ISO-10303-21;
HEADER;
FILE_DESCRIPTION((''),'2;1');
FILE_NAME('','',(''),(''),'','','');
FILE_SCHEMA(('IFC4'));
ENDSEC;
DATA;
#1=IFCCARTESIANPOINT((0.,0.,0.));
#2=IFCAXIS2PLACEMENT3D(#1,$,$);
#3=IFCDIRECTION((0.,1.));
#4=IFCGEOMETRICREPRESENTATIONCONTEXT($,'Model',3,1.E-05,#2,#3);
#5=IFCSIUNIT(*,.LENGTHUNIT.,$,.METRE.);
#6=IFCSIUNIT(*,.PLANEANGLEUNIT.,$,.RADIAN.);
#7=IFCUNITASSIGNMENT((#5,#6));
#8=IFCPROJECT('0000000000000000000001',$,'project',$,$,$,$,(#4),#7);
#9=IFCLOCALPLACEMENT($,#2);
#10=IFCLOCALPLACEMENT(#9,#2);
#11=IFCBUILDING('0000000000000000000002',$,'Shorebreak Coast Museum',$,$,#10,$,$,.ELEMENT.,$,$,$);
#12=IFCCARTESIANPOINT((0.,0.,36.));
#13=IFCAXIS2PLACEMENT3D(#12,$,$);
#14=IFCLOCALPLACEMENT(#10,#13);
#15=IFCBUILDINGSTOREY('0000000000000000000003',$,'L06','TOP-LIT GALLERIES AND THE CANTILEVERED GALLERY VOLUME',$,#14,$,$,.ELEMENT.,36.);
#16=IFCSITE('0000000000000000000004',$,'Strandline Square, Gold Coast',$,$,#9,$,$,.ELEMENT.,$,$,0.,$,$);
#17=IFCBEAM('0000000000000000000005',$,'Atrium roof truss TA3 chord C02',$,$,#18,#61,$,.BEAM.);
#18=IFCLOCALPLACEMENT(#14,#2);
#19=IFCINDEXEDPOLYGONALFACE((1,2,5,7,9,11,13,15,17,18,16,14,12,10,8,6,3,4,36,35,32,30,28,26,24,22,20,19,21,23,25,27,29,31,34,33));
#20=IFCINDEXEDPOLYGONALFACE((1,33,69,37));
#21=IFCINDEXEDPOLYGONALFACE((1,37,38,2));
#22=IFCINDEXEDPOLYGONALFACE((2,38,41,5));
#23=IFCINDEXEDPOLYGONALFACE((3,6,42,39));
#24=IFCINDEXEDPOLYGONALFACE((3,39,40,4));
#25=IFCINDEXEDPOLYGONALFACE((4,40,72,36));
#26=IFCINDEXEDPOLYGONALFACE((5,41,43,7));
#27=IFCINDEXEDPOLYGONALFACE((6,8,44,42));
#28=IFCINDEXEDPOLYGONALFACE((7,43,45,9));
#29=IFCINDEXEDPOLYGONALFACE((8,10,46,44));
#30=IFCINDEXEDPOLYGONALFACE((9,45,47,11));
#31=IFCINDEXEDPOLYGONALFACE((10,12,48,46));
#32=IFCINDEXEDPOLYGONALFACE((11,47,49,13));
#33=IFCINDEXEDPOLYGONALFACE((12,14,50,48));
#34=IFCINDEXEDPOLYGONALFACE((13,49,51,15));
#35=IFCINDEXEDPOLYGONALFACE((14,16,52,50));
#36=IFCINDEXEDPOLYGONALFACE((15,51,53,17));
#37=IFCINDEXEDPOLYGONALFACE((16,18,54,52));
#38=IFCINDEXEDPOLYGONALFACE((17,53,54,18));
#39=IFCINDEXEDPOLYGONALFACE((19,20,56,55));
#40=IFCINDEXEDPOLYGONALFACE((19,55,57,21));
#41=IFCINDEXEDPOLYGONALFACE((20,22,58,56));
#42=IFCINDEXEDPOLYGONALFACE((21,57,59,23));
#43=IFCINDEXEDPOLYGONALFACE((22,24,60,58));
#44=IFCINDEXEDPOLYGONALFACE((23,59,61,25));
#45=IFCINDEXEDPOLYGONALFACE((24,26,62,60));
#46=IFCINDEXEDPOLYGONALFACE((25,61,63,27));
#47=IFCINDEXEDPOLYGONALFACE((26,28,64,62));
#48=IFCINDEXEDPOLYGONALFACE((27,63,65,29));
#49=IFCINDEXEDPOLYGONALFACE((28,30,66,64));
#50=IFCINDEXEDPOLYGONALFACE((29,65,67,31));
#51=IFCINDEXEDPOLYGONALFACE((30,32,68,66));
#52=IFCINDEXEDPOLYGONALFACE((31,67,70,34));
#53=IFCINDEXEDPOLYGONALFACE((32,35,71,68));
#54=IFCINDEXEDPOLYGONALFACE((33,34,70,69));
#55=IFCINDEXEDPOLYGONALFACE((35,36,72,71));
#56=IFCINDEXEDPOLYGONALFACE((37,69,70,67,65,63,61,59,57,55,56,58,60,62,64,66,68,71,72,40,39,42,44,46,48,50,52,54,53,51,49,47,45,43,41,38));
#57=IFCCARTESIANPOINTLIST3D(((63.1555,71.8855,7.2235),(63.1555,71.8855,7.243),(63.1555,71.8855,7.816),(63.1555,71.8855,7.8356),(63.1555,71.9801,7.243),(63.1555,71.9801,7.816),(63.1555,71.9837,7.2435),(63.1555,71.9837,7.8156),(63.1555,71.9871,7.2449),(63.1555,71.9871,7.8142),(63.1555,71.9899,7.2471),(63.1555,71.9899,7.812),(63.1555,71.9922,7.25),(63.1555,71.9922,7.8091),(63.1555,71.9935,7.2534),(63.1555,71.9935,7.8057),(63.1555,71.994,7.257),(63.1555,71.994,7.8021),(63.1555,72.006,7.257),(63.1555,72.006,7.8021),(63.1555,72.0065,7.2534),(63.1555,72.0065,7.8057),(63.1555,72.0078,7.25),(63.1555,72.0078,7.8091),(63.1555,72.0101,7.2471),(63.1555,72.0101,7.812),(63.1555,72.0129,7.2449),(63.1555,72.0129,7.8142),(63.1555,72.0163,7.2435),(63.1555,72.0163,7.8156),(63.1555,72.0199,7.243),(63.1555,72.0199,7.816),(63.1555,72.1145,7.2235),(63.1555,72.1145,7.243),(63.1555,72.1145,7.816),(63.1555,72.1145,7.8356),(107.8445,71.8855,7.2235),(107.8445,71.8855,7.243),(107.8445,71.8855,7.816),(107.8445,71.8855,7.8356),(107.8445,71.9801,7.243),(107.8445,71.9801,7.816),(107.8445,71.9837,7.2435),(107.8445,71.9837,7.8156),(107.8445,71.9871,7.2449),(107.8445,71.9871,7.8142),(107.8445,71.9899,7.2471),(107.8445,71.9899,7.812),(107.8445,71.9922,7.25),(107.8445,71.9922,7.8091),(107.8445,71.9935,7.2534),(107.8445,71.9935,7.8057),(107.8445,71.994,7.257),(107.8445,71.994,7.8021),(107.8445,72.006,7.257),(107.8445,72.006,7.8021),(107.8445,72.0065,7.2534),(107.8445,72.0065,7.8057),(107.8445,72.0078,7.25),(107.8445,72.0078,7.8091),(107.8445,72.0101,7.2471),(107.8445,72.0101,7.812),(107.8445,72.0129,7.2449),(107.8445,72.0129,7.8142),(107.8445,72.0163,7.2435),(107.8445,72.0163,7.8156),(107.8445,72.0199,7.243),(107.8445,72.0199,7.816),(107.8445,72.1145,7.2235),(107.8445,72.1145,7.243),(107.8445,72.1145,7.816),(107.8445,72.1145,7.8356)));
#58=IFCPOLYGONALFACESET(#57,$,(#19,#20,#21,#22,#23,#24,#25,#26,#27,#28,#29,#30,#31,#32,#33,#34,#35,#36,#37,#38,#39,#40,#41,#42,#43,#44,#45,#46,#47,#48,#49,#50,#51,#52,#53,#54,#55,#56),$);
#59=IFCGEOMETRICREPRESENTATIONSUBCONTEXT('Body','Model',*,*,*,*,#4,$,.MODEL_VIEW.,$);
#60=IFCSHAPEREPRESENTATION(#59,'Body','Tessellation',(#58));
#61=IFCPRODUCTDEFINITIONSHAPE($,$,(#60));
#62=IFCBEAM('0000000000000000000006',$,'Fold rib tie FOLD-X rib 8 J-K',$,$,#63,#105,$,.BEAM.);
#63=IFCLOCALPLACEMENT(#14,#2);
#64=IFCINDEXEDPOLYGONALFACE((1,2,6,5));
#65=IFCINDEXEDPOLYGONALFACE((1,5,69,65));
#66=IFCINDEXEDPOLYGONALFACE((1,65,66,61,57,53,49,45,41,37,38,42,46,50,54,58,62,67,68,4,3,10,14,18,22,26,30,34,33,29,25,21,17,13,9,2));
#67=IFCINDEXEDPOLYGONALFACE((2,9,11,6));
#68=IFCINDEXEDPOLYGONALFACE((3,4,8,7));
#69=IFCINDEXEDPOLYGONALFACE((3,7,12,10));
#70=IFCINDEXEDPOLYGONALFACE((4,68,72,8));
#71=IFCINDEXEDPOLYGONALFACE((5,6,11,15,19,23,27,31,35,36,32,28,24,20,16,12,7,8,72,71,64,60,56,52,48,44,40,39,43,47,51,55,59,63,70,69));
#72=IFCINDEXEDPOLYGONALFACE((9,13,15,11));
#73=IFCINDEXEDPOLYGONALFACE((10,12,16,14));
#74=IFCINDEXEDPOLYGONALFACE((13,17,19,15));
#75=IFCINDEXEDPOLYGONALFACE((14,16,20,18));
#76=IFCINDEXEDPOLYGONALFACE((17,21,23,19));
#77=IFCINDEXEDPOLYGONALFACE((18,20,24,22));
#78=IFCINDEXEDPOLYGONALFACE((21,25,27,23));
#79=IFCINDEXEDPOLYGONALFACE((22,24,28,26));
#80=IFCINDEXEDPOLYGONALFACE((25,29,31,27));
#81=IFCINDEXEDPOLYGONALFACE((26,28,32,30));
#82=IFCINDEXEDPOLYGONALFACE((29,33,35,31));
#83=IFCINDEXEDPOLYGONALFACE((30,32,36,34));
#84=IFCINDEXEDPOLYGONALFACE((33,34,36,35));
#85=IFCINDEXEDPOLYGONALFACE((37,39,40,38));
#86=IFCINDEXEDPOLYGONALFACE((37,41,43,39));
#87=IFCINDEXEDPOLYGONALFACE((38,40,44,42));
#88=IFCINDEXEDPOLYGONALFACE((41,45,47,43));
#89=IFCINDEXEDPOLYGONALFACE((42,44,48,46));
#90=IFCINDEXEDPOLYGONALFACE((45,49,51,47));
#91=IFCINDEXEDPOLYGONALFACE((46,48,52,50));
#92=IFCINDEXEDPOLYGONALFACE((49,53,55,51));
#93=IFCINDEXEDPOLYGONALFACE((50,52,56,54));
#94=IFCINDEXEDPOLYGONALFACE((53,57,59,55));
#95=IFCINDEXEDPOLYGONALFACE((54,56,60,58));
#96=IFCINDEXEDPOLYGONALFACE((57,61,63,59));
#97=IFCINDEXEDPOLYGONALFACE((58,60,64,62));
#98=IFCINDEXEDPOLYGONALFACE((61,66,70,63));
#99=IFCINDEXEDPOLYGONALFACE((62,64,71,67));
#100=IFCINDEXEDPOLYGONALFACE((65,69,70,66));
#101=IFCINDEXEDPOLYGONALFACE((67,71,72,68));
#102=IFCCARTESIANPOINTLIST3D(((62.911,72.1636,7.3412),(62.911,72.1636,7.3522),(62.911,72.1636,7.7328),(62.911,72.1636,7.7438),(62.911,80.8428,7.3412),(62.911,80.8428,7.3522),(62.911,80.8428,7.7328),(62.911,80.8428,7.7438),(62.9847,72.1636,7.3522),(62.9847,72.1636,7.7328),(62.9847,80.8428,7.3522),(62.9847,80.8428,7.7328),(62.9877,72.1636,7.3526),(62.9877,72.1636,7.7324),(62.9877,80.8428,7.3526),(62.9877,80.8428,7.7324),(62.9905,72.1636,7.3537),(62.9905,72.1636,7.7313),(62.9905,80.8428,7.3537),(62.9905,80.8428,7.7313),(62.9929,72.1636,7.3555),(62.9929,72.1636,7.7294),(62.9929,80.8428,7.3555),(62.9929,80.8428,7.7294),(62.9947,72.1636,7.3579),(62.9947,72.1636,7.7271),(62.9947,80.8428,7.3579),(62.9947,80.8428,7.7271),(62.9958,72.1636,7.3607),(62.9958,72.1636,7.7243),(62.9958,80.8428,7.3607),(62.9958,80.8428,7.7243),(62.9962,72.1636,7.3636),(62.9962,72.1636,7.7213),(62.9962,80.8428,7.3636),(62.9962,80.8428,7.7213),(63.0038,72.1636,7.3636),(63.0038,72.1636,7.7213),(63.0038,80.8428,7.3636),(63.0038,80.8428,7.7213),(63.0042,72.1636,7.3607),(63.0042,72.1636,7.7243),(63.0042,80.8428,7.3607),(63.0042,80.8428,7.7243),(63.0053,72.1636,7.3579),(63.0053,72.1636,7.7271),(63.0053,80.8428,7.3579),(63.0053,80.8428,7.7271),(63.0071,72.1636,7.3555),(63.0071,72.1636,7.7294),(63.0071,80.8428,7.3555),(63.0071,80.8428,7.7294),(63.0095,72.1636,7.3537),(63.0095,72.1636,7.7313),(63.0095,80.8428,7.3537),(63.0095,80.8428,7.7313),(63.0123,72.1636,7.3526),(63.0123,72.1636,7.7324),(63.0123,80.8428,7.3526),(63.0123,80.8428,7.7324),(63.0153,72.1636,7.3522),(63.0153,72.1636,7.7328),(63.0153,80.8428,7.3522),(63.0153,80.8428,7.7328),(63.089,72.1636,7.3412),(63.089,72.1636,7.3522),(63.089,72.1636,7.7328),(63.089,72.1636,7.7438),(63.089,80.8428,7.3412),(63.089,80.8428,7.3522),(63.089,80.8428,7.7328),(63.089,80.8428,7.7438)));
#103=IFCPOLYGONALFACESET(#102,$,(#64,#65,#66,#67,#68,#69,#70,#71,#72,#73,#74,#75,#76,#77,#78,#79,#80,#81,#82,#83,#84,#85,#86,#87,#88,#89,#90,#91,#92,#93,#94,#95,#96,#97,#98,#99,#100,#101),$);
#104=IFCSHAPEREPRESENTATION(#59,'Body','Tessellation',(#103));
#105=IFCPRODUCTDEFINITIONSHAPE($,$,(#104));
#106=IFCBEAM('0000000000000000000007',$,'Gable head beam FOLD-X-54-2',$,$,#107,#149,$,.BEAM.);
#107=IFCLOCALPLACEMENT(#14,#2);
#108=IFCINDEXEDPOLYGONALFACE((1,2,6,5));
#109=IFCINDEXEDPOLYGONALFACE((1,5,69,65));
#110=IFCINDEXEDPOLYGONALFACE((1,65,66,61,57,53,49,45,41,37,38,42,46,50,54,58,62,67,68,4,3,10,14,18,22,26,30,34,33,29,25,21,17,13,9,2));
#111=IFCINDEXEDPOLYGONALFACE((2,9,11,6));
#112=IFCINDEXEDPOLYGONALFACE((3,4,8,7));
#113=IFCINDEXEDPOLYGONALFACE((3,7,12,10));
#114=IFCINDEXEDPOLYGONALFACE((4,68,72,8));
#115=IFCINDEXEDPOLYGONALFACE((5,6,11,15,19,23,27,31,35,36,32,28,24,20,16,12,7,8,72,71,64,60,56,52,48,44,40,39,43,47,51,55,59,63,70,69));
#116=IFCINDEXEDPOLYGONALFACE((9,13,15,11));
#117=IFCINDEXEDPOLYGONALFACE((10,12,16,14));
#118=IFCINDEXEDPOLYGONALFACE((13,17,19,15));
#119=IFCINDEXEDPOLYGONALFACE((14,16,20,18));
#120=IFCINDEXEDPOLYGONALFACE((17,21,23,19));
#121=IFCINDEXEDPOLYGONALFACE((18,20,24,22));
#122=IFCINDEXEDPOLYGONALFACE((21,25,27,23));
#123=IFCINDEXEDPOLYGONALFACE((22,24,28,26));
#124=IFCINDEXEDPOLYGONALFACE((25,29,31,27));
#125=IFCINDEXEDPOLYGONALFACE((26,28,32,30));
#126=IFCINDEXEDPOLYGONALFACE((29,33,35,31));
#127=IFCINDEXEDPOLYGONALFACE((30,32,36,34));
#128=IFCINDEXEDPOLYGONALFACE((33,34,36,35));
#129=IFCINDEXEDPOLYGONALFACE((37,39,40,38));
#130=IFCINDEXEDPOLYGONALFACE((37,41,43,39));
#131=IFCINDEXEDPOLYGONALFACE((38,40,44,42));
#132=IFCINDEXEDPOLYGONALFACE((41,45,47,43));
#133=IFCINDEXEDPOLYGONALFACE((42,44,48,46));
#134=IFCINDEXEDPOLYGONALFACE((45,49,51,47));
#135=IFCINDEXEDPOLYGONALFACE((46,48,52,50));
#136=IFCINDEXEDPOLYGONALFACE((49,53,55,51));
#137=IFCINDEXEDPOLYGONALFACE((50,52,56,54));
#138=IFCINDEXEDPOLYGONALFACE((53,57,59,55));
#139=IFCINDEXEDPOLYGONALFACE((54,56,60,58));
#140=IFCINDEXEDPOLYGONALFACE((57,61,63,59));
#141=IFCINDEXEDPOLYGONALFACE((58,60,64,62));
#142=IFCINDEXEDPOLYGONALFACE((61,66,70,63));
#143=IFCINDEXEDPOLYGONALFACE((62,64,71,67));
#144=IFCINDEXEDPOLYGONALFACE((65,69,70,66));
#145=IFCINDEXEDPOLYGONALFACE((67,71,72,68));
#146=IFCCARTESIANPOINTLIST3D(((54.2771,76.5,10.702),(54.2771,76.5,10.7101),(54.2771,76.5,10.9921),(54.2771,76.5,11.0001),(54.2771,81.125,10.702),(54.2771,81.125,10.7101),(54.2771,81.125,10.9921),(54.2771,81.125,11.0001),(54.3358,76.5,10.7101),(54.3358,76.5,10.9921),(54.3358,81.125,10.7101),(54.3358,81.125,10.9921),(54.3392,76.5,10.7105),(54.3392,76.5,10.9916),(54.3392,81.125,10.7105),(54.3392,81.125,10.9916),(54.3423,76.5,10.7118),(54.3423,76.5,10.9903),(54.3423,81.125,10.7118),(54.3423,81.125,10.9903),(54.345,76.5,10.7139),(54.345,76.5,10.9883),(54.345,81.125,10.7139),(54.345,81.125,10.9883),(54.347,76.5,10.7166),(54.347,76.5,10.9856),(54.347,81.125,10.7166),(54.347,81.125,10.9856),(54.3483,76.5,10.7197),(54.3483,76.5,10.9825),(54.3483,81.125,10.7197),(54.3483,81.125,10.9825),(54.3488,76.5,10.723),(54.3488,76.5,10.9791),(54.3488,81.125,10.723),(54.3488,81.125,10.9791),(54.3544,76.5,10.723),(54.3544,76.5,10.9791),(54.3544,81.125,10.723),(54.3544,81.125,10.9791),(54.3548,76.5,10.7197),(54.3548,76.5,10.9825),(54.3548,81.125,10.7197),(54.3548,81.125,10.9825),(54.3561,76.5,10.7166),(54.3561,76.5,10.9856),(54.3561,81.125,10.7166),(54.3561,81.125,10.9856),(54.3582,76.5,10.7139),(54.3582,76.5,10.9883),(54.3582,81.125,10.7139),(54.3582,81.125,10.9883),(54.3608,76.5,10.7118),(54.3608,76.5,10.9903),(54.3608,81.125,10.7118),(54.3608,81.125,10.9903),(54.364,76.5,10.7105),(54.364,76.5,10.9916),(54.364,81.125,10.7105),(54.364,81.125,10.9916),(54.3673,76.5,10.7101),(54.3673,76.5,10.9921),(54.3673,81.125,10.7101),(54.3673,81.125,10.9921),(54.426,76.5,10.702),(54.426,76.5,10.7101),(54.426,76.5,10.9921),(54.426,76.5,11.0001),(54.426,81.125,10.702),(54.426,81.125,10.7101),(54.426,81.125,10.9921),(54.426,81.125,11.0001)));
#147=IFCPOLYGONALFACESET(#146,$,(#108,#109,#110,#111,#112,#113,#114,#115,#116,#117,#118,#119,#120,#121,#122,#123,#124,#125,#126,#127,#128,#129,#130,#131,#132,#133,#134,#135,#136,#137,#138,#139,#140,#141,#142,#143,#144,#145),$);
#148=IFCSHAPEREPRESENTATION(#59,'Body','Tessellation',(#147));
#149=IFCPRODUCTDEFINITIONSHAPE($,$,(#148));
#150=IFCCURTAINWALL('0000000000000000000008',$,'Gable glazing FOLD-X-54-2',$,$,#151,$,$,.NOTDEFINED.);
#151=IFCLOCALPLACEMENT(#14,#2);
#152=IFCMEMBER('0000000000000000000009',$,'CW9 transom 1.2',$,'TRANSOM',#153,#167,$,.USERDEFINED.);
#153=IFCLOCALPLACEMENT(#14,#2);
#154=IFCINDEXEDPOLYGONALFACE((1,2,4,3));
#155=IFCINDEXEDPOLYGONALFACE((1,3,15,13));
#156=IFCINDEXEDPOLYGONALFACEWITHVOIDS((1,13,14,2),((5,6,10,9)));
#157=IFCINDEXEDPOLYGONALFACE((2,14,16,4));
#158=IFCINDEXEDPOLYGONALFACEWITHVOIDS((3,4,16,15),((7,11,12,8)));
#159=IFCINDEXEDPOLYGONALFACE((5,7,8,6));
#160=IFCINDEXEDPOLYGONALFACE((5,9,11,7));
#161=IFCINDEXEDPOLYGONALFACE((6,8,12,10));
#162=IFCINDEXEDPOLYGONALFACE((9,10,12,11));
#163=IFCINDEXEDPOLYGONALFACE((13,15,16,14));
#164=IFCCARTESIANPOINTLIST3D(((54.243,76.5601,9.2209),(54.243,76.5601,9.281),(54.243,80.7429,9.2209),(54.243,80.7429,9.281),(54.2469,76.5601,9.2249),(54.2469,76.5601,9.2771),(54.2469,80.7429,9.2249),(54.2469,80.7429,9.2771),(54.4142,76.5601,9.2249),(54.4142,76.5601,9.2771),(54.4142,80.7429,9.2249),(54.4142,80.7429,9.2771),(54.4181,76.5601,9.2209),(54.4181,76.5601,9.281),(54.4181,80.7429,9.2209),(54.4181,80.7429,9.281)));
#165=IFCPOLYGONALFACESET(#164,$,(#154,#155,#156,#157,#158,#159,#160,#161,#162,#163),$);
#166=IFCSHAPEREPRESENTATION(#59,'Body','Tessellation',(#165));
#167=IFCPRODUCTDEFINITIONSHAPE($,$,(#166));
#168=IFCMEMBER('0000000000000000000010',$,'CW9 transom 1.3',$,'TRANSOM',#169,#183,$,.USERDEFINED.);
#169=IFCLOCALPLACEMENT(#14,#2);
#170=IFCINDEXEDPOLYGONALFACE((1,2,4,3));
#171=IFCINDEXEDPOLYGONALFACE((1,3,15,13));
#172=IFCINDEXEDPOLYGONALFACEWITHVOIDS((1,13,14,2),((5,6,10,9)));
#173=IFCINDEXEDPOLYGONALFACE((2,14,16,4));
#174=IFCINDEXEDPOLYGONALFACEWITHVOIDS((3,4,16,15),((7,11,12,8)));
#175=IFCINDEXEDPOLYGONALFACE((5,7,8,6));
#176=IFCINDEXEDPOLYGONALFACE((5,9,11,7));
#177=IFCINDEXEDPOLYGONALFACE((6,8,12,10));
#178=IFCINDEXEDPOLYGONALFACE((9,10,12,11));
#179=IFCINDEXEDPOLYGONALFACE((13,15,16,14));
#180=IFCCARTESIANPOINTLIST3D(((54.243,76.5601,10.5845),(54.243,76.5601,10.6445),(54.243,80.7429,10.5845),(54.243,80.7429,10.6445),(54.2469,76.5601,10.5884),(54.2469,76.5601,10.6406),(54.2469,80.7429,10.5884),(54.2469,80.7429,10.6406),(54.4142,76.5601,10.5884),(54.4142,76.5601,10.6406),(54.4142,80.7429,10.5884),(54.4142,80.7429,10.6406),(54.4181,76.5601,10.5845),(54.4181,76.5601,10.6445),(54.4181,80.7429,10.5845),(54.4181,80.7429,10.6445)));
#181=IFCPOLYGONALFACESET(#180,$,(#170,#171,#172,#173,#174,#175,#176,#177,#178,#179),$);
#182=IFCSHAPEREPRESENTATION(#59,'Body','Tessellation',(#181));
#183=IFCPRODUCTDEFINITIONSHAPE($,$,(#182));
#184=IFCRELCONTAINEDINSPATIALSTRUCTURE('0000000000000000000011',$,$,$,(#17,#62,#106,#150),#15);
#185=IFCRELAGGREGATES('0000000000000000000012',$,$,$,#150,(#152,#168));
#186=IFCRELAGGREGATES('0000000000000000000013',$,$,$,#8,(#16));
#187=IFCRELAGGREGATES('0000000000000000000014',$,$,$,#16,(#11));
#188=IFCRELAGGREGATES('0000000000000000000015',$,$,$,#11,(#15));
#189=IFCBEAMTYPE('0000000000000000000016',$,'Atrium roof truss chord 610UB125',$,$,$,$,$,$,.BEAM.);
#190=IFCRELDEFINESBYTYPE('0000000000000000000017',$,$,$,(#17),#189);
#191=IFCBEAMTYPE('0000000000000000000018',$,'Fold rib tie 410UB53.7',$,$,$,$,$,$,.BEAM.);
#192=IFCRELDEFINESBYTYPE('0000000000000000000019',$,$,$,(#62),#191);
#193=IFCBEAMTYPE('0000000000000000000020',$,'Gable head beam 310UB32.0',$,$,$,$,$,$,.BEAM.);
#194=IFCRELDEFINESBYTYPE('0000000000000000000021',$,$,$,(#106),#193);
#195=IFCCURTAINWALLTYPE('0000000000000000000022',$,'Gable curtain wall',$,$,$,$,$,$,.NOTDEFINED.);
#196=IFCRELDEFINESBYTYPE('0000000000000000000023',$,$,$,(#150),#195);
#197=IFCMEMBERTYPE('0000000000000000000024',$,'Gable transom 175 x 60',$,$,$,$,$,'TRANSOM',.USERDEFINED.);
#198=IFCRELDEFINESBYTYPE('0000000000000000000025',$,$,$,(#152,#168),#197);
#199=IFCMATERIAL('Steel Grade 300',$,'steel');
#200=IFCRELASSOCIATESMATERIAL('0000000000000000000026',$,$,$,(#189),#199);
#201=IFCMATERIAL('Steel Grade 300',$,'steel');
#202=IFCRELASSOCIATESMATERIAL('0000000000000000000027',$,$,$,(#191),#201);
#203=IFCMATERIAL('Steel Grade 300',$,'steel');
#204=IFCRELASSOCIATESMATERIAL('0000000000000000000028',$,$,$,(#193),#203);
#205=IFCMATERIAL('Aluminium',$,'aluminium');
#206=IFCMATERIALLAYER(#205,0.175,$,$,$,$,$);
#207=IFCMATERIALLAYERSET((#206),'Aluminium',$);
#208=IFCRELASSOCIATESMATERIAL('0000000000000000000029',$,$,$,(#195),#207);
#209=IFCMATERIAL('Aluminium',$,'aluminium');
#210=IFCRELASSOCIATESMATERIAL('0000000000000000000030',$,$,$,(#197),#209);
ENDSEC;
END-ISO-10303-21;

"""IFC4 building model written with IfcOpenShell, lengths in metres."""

from ifc_helpers import new_model, si_unit, direction, frame, origin, origin_2d, place, context, subcontext, project, spatial, hollow_rectangle, i_section, extrude, material, layer, layer_set, material_profile, profile_set, type_object, element, aggregate, save


model = new_model("IFC4")

# Units and contexts
model_context = context("Model", 3, precision=1e-05, world=origin(), true_north=direction((0.0, 1.0)))
body_context = subcontext(model_context, "Body", "Model", "MODEL_VIEW")
ifc_project = project(units=[si_unit("LENGTHUNIT", "METRE"), si_unit("PLANEANGLEUNIT", "RADIAN")], contexts=[model_context])

# Site, building, storey
site_placement = place(None, origin())
site = spatial("IfcSite", under=ifc_project, at=site_placement, Name="Strandline Square, Gold Coast", CompositionType="ELEMENT", RefElevation=0.0)
building_placement = place(site_placement, origin())
building = spatial("IfcBuilding", under=site, at=building_placement, Name="Shorebreak Coast Museum", CompositionType="ELEMENT")
storey_placement = place(building_placement, frame((0.0, 0.0, 36.0)))
storey = spatial("IfcBuildingStorey", under=building, at=storey_placement, Name="L06", Description="TOP-LIT GALLERIES AND THE CANTILEVERED GALLERY VOLUME", CompositionType="ELEMENT", Elevation=36.0)

# Beams
ifc_material_1 = material(Name="Steel Grade 300", Category="steel")
ifc_material_profile_1 = material_profile(ifc_material_1, i_section(OverallWidth=0.229, OverallDepth=0.6121, WebThickness=0.012, FlangeThickness=0.0195, FilletRadius=0.0139, at=origin_2d()), Name="610UB125")
ifc_profile_set_1 = profile_set([ifc_material_profile_1], Name="Steel Grade 300")
beam_type_1 = type_object("IfcBeamType", Name="Atrium roof truss chord 610UB125", PredefinedType="BEAM", material=ifc_profile_set_1)
beam_1_placement = place(storey_placement, frame((63.1555, 72.0, 7.5295), z_axis=(1.0, 0.0, 0.0), x_axis=(0.0, 1.0, 0.0)))
element("IfcBeam", 1, at=beam_1_placement, inside=storey, type_object=beam_type_1, Name="Atrium roof truss TA3 chord C02", PredefinedType="BEAM", context=body_context, shape_type="SweptSolid", body=[
    extrude(i_section(OverallWidth=0.229, OverallDepth=0.6121, WebThickness=0.012, FlangeThickness=0.0195, FilletRadius=0.0139, at=origin_2d()), origin(), (0.0, 0.0, 1.0), 44.689),
])
ifc_material_2 = material(Name="Steel Grade 300", Category="steel")
ifc_material_profile_2 = material_profile(ifc_material_2, i_section(OverallWidth=0.178, OverallDepth=0.4026, WebThickness=0.0076, FlangeThickness=0.011, FilletRadius=0.0115, at=origin_2d()), Name="410UB53.7")
ifc_profile_set_2 = profile_set([ifc_material_profile_2], Name="Steel Grade 300")
beam_type_2 = type_object("IfcBeamType", Name="Fold rib tie 410UB53.7", PredefinedType="BEAM", material=ifc_profile_set_2)
beam_2_placement = place(storey_placement, frame((63.0, 72.1636, 7.5425), z_axis=(0.0, 1.0, 0.0), x_axis=(-1.0, 0.0, 0.0)))
element("IfcBeam", 2, at=beam_2_placement, inside=storey, type_object=beam_type_2, Name="Fold rib tie FOLD-X rib 8 J-K", PredefinedType="BEAM", context=body_context, shape_type="SweptSolid", body=[
    extrude(i_section(OverallWidth=0.178, OverallDepth=0.4026, WebThickness=0.0076, FlangeThickness=0.011, FilletRadius=0.0115, at=origin_2d()), origin(), (0.0, 0.0, 1.0), 8.6792),
])
ifc_material_3 = material(Name="Steel Grade 300", Category="steel")
ifc_material_profile_3 = material_profile(ifc_material_3, i_section(OverallWidth=0.1489, OverallDepth=0.2981, WebThickness=0.0056, FlangeThickness=0.0081, FilletRadius=0.0129, at=origin_2d()), Name="310UB32.0")
ifc_profile_set_3 = profile_set([ifc_material_profile_3], Name="Steel Grade 300")
beam_type_3 = type_object("IfcBeamType", Name="Gable head beam 310UB32.0", PredefinedType="BEAM", material=ifc_profile_set_3)
beam_3_placement = place(storey_placement, frame((54.3516, 76.5, 10.8511), z_axis=(0.0, 1.0, 0.0), x_axis=(-1.0, 0.0, 0.0)))
element("IfcBeam", 3, at=beam_3_placement, inside=storey, type_object=beam_type_3, Name="Gable head beam FOLD-X-54-2", PredefinedType="BEAM", context=body_context, shape_type="SweptSolid", body=[
    extrude(i_section(OverallWidth=0.1489, OverallDepth=0.2981, WebThickness=0.0056, FlangeThickness=0.0081, FilletRadius=0.0129, at=origin_2d()), origin(), (0.0, 0.0, 1.0), 4.625),
])

# Curtain wall, members
ifc_material_4 = material(Name="Aluminium", Category="aluminium")
ifc_layer_1 = layer(ifc_material_4, 0.175)
ifc_layer_set_1 = layer_set([ifc_layer_1], Name="Aluminium")
curtain_wall_type_1 = type_object("IfcCurtainWallType", Name="Gable curtain wall", PredefinedType="NOTDEFINED", material=ifc_layer_set_1)
curtain_wall_1_placement = place(storey_placement, origin())
curtain_wall_1 = element("IfcCurtainWall", 4, at=curtain_wall_1_placement, inside=storey, type_object=curtain_wall_type_1, Name="Gable glazing FOLD-X-54-2", PredefinedType="NOTDEFINED")
ifc_material_5 = material(Name="Aluminium", Category="aluminium")
ifc_material_profile_4 = material_profile(ifc_material_5, hollow_rectangle(XDim=0.175, YDim=0.0601, WallThickness=0.0039, at=origin_2d()), Name="AL 60x175 RHS")
ifc_profile_set_4 = profile_set([ifc_material_profile_4], Name="Aluminium")
member_type_1 = type_object("IfcMemberType", Name="Gable transom 175 x 60", ElementType="TRANSOM", PredefinedType="USERDEFINED", material=ifc_profile_set_4)
member_1_placement = place(storey_placement, frame((54.3306, 76.5601, 9.251), z_axis=(0.0, 1.0, 0.0), x_axis=(-1.0, 0.0, 0.0)))
member_1 = element("IfcMember", 5, at=member_1_placement, type_object=member_type_1, Name="CW9 transom 1.2", ObjectType="TRANSOM", PredefinedType="USERDEFINED", context=body_context, shape_type="SweptSolid", body=[
    extrude(hollow_rectangle(XDim=0.175, YDim=0.0601, WallThickness=0.0039, at=origin_2d()), origin(), (0.0, 0.0, 1.0), 4.1829),
])
member_2_placement = place(storey_placement, frame((54.3306, 76.5601, 10.6145), z_axis=(0.0, 1.0, 0.0), x_axis=(-1.0, 0.0, 0.0)))
member_2 = element("IfcMember", 6, at=member_2_placement, type_object=member_type_1, Name="CW9 transom 1.3", ObjectType="TRANSOM", PredefinedType="USERDEFINED", context=body_context, shape_type="SweptSolid", body=[
    extrude(hollow_rectangle(XDim=0.175, YDim=0.0601, WallThickness=0.0039, at=origin_2d()), origin(), (0.0, 0.0, 1.0), 4.1829),
])

aggregate(curtain_wall_1, [member_1, member_2])

save(model, "model.ifc")
